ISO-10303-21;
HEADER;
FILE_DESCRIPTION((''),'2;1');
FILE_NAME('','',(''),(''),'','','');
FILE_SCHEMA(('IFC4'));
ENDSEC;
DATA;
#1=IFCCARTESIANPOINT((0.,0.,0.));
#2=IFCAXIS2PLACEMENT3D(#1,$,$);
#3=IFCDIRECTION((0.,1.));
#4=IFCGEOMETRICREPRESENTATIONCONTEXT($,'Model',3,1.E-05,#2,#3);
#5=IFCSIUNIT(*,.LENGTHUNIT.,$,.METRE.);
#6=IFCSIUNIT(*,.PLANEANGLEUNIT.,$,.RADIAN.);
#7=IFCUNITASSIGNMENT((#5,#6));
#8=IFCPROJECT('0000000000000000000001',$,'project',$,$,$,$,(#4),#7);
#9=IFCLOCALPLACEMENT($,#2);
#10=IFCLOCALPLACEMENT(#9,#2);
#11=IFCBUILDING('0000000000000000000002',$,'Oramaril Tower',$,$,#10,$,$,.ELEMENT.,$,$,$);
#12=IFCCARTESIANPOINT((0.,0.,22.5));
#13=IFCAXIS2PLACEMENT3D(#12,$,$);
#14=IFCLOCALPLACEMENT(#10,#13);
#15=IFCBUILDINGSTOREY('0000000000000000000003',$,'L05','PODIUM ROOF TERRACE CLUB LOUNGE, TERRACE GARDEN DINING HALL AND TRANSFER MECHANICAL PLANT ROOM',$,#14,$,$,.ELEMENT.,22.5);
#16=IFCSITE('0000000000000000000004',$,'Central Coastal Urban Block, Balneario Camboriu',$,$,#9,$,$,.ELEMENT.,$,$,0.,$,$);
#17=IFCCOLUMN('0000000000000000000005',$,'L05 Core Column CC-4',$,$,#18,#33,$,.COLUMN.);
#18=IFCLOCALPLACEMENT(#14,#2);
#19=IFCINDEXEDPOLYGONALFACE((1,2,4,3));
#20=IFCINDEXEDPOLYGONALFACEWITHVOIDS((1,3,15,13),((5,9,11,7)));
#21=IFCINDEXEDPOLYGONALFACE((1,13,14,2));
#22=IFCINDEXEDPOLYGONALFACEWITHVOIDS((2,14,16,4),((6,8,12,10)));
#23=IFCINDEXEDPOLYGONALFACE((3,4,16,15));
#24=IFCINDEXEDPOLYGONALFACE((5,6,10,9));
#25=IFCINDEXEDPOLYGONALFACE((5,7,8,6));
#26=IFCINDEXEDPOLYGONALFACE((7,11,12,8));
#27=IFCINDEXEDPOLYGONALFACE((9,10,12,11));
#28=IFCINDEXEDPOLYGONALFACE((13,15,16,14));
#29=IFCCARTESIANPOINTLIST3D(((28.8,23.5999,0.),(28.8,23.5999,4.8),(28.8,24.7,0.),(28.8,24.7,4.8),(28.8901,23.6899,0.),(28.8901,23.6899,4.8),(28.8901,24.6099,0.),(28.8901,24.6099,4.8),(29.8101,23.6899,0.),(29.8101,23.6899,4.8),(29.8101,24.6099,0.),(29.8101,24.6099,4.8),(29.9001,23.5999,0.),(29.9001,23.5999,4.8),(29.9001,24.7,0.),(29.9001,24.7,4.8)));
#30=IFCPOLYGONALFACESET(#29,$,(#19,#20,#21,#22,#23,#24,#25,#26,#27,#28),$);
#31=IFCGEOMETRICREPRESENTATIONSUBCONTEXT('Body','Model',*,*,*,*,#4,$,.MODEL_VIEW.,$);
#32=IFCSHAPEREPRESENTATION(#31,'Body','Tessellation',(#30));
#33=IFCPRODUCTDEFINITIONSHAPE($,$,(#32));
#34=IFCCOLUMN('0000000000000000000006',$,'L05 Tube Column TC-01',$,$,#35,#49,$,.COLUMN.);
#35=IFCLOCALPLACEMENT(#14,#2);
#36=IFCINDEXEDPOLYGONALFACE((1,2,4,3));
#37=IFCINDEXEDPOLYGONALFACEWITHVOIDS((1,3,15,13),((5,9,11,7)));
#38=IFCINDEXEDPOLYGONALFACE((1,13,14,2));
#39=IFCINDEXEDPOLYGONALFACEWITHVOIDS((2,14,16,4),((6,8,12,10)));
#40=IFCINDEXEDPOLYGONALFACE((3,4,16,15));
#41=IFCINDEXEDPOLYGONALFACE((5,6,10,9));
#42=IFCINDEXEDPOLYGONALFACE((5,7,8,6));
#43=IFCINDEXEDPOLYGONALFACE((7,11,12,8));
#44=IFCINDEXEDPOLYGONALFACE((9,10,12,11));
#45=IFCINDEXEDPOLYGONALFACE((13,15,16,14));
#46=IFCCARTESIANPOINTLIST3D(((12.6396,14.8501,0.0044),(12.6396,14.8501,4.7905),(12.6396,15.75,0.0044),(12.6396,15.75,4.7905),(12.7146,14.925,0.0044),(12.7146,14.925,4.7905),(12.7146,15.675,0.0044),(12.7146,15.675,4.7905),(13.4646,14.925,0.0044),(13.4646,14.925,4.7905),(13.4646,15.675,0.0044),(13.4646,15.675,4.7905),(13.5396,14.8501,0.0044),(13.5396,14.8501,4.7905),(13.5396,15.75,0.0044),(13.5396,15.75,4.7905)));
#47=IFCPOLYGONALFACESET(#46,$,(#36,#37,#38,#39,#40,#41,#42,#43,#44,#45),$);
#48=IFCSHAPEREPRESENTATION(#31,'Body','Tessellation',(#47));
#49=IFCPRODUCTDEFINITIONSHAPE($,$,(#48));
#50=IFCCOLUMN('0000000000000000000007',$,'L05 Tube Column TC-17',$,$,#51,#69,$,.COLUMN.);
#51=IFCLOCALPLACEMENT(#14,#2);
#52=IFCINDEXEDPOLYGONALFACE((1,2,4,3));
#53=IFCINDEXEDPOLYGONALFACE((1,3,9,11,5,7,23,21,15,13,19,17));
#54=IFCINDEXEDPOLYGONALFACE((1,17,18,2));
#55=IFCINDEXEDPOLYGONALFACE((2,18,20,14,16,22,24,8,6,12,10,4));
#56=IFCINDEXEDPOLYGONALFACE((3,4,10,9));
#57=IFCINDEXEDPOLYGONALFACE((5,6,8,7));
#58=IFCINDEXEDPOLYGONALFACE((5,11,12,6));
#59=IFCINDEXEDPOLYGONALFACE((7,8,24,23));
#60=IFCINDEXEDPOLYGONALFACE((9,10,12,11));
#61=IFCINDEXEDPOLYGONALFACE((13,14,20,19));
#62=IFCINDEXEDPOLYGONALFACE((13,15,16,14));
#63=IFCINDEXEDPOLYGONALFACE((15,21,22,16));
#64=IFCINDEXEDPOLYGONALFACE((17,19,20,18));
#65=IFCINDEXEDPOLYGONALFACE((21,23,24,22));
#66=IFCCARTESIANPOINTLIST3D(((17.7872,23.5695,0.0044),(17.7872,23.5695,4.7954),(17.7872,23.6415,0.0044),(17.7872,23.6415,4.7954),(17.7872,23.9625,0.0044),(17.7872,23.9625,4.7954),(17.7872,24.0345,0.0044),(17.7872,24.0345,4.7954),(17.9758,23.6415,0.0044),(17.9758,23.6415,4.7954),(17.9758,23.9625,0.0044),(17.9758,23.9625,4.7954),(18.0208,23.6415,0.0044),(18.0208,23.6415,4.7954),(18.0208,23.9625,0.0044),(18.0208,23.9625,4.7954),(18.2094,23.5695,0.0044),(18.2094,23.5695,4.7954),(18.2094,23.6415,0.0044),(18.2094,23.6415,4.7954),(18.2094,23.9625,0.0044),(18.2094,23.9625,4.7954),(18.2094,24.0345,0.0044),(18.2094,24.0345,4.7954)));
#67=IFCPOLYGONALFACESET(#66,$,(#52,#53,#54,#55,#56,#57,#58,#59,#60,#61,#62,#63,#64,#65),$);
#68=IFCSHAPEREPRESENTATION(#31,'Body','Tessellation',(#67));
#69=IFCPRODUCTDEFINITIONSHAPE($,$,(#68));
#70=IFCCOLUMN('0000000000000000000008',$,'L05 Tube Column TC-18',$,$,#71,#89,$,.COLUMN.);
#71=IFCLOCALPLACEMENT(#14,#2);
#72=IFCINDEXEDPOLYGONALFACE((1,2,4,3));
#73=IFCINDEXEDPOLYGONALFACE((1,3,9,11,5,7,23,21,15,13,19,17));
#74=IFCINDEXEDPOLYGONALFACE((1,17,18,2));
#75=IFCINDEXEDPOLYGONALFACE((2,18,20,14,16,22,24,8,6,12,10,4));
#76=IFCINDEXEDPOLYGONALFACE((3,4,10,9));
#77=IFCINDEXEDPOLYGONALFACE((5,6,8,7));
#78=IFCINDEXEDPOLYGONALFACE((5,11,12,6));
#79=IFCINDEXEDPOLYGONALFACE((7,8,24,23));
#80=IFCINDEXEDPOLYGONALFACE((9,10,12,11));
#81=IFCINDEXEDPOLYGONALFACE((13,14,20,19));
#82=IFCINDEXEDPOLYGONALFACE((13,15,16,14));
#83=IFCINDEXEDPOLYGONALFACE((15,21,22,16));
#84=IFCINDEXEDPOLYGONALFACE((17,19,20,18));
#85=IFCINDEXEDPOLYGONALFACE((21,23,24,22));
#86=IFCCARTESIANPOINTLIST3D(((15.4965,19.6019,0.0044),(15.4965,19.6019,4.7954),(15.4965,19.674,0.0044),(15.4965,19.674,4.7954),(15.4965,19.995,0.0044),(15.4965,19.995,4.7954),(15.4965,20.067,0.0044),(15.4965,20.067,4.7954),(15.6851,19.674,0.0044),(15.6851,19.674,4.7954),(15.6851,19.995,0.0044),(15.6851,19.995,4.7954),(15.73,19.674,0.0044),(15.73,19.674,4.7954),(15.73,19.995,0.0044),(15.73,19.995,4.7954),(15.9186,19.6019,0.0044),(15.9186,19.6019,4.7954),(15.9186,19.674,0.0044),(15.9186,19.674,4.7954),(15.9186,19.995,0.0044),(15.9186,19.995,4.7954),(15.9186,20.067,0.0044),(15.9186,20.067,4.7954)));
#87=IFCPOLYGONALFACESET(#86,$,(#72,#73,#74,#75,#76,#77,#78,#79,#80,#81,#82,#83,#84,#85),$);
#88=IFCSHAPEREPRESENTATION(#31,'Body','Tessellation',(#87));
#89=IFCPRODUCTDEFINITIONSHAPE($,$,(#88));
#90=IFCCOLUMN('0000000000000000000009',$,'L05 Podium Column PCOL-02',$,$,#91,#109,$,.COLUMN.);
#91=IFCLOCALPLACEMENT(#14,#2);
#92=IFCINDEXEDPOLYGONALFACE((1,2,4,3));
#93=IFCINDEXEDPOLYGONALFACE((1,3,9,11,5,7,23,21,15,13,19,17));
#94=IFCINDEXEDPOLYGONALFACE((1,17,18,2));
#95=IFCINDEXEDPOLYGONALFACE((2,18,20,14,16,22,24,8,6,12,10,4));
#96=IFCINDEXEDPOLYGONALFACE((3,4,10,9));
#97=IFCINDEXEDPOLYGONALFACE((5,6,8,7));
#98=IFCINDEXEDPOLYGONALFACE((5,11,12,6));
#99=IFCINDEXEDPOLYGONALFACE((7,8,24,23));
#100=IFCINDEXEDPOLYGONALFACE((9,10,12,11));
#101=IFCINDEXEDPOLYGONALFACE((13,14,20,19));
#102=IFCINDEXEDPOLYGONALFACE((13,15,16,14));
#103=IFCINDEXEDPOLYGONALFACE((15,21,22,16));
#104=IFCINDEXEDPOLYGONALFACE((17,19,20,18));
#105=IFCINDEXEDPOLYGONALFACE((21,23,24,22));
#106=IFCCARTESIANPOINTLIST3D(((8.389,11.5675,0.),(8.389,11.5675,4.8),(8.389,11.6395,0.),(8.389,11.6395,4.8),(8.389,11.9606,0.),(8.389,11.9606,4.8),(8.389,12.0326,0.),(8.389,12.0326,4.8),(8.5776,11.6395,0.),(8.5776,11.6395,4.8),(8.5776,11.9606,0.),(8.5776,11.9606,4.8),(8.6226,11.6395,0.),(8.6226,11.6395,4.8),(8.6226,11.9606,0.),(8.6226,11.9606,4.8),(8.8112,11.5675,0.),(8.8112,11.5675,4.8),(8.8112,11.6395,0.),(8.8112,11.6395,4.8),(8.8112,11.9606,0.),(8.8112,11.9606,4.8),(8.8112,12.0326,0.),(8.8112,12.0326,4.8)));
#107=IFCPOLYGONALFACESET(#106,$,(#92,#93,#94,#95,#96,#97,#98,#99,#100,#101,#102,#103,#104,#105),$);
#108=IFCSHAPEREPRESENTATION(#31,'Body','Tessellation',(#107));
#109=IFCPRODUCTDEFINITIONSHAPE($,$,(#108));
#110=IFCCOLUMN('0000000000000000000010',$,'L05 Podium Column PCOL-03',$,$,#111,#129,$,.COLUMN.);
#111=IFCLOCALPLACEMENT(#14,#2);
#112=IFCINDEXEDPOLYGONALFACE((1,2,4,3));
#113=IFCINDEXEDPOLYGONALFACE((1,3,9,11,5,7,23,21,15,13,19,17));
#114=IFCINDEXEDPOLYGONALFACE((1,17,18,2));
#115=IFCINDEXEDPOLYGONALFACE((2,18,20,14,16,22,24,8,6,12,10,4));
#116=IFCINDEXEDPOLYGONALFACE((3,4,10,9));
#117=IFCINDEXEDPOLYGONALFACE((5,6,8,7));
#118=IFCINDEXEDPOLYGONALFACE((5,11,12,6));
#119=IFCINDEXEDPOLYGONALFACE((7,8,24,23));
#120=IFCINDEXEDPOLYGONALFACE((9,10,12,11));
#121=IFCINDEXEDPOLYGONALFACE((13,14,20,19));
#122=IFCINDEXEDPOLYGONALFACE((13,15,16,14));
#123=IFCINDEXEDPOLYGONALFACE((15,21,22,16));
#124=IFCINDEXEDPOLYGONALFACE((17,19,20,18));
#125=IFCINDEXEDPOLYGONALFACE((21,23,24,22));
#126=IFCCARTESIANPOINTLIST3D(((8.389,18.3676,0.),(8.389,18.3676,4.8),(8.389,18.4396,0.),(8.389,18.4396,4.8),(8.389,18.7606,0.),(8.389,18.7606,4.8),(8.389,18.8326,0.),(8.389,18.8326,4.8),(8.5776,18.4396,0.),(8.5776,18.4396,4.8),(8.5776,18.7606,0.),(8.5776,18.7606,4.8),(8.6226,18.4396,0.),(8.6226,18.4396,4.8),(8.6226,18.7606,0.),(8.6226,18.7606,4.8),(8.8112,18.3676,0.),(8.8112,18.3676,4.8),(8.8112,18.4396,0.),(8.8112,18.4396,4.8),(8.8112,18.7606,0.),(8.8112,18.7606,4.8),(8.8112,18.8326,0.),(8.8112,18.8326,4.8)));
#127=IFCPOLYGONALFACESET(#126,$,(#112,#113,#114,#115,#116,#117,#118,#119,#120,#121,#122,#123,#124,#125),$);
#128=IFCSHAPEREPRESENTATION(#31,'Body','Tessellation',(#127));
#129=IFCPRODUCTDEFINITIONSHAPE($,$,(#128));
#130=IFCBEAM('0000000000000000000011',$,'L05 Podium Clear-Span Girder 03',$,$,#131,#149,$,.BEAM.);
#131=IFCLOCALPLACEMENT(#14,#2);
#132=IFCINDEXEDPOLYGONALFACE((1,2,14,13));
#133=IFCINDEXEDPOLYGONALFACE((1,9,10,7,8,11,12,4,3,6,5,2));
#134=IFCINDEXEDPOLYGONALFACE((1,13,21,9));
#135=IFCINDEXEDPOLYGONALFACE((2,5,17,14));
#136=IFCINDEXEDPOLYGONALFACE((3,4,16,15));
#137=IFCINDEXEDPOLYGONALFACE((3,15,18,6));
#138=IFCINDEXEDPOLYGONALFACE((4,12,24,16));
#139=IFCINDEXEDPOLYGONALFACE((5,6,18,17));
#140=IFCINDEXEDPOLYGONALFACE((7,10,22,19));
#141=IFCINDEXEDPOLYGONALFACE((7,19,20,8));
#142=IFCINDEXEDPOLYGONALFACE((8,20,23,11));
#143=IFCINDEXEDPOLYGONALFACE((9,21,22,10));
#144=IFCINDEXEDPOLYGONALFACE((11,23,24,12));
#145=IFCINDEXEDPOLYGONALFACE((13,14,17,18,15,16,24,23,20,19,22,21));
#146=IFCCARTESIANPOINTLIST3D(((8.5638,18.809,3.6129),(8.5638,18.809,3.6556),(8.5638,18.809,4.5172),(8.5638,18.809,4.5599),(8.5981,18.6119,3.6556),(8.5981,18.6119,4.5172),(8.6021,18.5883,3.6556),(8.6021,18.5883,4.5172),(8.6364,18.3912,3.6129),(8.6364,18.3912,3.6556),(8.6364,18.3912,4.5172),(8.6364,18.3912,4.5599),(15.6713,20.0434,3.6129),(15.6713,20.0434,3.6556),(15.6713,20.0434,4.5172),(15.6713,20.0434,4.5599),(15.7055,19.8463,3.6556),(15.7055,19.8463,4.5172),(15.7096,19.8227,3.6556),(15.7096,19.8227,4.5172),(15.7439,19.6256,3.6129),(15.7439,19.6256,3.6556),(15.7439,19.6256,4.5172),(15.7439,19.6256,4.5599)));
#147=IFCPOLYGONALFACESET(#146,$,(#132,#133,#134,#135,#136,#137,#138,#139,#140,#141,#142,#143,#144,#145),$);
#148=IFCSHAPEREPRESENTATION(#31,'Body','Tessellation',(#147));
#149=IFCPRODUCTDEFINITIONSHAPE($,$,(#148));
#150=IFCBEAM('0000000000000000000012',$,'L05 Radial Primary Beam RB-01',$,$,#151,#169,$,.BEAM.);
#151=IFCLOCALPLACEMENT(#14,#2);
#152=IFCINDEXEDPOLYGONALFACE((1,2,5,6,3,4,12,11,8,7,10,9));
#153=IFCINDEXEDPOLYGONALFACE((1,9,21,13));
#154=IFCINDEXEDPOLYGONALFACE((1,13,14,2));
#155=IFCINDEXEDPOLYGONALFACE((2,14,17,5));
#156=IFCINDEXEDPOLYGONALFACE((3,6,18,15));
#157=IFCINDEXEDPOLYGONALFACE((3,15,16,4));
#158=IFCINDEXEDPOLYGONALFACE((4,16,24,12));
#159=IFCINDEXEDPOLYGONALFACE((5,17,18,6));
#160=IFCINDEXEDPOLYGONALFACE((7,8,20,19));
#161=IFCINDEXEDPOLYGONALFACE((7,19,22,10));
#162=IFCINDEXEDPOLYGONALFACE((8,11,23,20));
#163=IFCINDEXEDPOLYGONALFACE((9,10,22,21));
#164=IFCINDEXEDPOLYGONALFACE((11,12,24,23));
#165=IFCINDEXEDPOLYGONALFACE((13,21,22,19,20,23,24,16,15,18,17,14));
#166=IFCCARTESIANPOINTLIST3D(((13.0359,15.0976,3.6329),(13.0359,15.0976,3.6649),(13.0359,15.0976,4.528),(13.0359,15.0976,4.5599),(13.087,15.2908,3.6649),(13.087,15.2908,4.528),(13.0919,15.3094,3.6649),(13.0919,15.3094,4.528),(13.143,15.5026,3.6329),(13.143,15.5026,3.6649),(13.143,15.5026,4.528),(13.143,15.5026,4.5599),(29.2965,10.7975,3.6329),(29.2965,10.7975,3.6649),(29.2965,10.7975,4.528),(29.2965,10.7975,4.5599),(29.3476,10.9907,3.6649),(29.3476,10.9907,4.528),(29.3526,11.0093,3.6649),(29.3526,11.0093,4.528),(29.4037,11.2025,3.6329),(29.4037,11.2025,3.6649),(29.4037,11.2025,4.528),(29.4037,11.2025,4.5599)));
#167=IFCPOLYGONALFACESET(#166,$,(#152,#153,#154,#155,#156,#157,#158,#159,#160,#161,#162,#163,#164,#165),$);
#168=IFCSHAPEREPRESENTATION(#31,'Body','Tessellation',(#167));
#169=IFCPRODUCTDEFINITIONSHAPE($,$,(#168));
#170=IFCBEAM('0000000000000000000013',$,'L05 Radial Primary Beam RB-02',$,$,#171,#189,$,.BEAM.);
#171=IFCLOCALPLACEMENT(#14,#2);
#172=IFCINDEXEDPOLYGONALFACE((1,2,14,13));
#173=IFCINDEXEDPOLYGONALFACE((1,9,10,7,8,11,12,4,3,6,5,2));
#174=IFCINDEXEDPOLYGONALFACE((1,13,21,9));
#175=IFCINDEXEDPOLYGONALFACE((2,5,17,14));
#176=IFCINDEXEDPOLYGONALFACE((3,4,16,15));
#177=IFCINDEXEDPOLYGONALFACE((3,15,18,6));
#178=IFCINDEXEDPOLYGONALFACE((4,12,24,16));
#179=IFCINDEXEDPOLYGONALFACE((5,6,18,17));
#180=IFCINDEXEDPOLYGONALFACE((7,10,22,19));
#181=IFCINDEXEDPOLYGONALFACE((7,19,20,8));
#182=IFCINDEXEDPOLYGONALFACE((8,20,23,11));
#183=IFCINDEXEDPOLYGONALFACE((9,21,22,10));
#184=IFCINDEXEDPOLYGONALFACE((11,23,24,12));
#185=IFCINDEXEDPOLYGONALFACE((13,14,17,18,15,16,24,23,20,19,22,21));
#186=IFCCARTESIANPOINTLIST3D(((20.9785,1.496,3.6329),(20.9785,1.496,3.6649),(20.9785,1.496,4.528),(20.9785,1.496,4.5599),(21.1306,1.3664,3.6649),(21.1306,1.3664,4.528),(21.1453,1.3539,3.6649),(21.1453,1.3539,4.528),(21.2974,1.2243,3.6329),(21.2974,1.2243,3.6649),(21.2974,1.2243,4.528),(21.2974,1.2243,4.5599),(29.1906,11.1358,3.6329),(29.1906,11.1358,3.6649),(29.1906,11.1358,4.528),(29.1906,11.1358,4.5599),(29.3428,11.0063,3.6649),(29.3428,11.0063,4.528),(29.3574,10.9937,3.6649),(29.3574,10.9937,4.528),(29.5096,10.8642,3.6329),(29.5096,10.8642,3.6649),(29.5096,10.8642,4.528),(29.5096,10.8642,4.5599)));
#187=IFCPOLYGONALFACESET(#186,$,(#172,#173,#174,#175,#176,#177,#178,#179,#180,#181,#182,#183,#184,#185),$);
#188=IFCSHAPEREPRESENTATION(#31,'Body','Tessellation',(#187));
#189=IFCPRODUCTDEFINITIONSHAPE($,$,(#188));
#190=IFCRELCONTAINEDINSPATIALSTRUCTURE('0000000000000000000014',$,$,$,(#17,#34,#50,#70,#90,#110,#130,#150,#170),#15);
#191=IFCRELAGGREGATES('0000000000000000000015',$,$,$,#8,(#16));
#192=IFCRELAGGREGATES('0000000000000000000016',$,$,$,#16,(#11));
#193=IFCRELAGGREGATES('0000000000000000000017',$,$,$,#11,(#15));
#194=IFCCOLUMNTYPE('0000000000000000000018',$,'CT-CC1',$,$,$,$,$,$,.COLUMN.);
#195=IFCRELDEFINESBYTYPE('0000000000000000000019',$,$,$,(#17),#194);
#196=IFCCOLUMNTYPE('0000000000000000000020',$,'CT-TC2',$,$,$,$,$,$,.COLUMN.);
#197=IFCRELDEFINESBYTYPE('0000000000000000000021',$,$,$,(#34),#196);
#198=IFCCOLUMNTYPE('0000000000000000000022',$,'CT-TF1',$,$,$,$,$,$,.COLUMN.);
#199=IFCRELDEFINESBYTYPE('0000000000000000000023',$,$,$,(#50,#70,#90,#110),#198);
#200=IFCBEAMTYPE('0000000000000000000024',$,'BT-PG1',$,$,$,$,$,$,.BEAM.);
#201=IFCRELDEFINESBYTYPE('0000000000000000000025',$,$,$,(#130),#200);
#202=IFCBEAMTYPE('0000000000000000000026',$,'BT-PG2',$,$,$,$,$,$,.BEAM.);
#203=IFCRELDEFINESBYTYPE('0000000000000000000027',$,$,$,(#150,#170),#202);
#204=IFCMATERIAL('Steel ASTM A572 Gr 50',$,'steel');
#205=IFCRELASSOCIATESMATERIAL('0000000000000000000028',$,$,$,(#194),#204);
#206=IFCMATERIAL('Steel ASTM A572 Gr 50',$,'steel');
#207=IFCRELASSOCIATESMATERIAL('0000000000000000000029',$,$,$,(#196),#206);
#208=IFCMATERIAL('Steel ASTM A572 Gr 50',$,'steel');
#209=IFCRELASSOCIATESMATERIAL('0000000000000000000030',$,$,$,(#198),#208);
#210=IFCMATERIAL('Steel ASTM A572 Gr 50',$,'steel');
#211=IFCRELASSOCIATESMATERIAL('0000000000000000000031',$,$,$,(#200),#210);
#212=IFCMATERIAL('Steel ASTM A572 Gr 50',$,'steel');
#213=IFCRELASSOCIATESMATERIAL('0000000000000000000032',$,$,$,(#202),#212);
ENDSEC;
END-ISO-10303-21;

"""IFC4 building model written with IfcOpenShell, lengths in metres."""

from ifc_helpers import new_model, si_unit, direction, frame, origin, origin_2d, place, context, subcontext, project, spatial, hollow_rectangle, i_section, extrude, material, material_profile, profile_set, type_object, element, save


model = new_model("IFC4")

# Units and contexts
model_context = context("Model", 3, precision=1e-05, world=origin(), true_north=direction((0.0, 1.0)))
body_context = subcontext(model_context, "Body", "Model", "MODEL_VIEW")
ifc_project = project(units=[si_unit("LENGTHUNIT", "METRE"), si_unit("PLANEANGLEUNIT", "RADIAN")], contexts=[model_context])

# Site, building, storey
site_placement = place(None, origin())
site = spatial("IfcSite", under=ifc_project, at=site_placement, Name="Central Coastal Urban Block, Balneario Camboriu", CompositionType="ELEMENT", RefElevation=0.0)
building_placement = place(site_placement, origin())
building = spatial("IfcBuilding", under=site, at=building_placement, Name="Oramaril Tower", CompositionType="ELEMENT")
storey_placement = place(building_placement, frame((0.0, 0.0, 22.5)))
storey = spatial("IfcBuildingStorey", under=building, at=storey_placement, Name="L05", Description="PODIUM ROOF TERRACE CLUB LOUNGE, TERRACE GARDEN DINING HALL AND TRANSFER MECHANICAL PLANT ROOM", CompositionType="ELEMENT", Elevation=22.5)

# Columns
ifc_material_1 = material(Name="Steel ASTM A572 Gr 50", Category="steel")
ifc_material_profile_1 = material_profile(ifc_material_1, hollow_rectangle(XDim=1.1001, YDim=1.1001, WallThickness=0.0901, at=origin_2d()), Name="BOX1100X1100X90")
ifc_profile_set_1 = profile_set([ifc_material_profile_1], Name="Steel ASTM A572 Gr 50")
column_type_1 = type_object("IfcColumnType", Name="CT-CC1", PredefinedType="COLUMN", material=ifc_profile_set_1)
column_1_placement = place(storey_placement, frame((29.3501, 24.1499, 0.0), z_axis=(0.0, 0.0, 1.0), x_axis=(1.0, 0.0, 0.0)))
element("IfcColumn", 1, at=column_1_placement, inside=storey, type_object=column_type_1, Name="L05 Core Column CC-4", PredefinedType="COLUMN", context=body_context, shape_type="SweptSolid", body=[
    extrude(hollow_rectangle(XDim=1.1001, YDim=1.1001, WallThickness=0.0901, at=origin_2d()), origin(), (0.0, 0.0, 1.0), 4.8),
])
ifc_material_2 = material(Name="Steel ASTM A572 Gr 50", Category="steel")
ifc_material_profile_2 = material_profile(ifc_material_2, hollow_rectangle(XDim=0.8999, YDim=0.8999, WallThickness=0.075, at=origin_2d()), Name="BOX900X900X75")
ifc_profile_set_2 = profile_set([ifc_material_profile_2], Name="Steel ASTM A572 Gr 50")
column_type_2 = type_object("IfcColumnType", Name="CT-TC2", PredefinedType="COLUMN", material=ifc_profile_set_2)
column_2_placement = place(storey_placement, frame((13.0896, 15.3, 0.0044), z_axis=(0.0, 0.0, 1.0), x_axis=(1.0, 0.0, 0.0)))
element("IfcColumn", 2, at=column_2_placement, inside=storey, type_object=column_type_2, Name="L05 Tube Column TC-01", PredefinedType="COLUMN", context=body_context, shape_type="SweptSolid", body=[
    extrude(hollow_rectangle(XDim=0.8999, YDim=0.8999, WallThickness=0.075, at=origin_2d()), origin(), (0.0, 0.0, 1.0), 4.7861),
])
ifc_material_3 = material(Name="Steel ASTM A572 Gr 50", Category="steel")
ifc_material_profile_3 = material_profile(ifc_material_3, i_section(OverallWidth=0.4221, OverallDepth=0.4651, WebThickness=0.0449, FlangeThickness=0.072, at=origin_2d()), Name="W14X398")
ifc_profile_set_3 = profile_set([ifc_material_profile_3], Name="Steel ASTM A572 Gr 50")
column_type_3 = type_object("IfcColumnType", Name="CT-TF1", PredefinedType="COLUMN", material=ifc_profile_set_3)
for number, where, z_axis, x_axis, name in (
    (3, (17.9983, 23.802, 0.0044), (0.0, 0.0, 1.0), (1.0, 0.0, 0.0), "L05 Tube Column TC-17"),
    (4, (15.7075, 19.8345, 0.0044), (0.0, 0.0, 1.0), (1.0, 0.0, 0.0), "L05 Tube Column TC-18"),
):
    element("IfcColumn", number, at=place(storey_placement, frame(where, z_axis=z_axis, x_axis=x_axis)), inside=storey, type_object=column_type_3, Name=name, PredefinedType="COLUMN", context=body_context, shape_type="SweptSolid", body=[
        extrude(i_section(OverallWidth=0.4221, OverallDepth=0.4651, WebThickness=0.0449, FlangeThickness=0.072, at=origin_2d()), origin(), (0.0, 0.0, 1.0), 4.791),
    ])
for number, where, z_axis, x_axis, name in (
    (5, (8.6001, 11.8, 0.0), (0.0, 0.0, 1.0), (1.0, 0.0, 0.0), "L05 Podium Column PCOL-02"),
    (6, (8.6001, 18.6001, 0.0), (0.0, 0.0, 1.0), (1.0, 0.0, 0.0), "L05 Podium Column PCOL-03"),
):
    element("IfcColumn", number, at=place(storey_placement, frame(where, z_axis=z_axis, x_axis=x_axis)), inside=storey, type_object=column_type_3, Name=name, PredefinedType="COLUMN", context=body_context, shape_type="SweptSolid", body=[
        extrude(i_section(OverallWidth=0.4221, OverallDepth=0.4651, WebThickness=0.0449, FlangeThickness=0.072, at=origin_2d()), origin(), (0.0, 0.0, 1.0), 4.8),
    ])

# Beams
ifc_material_4 = material(Name="Steel ASTM A572 Gr 50", Category="steel")
ifc_material_profile_4 = material_profile(ifc_material_4, i_section(OverallWidth=0.4241, OverallDepth=0.947, WebThickness=0.0239, FlangeThickness=0.0427, at=origin_2d()), Name="W36X302")
ifc_profile_set_4 = profile_set([ifc_material_profile_4], Name="Steel ASTM A572 Gr 50")
beam_type_1 = type_object("IfcBeamType", Name="BT-PG1", PredefinedType="BEAM", material=ifc_profile_set_4)
beam_1_placement = place(storey_placement, frame((8.6001, 18.6001, 4.0864), z_axis=(0.985251, 0.171113, 0.0), x_axis=(-0.171113, 0.985251, 0.0)))
element("IfcBeam", 7, at=beam_1_placement, inside=storey, type_object=beam_type_1, Name="L05 Podium Clear-Span Girder 03", PredefinedType="BEAM", context=body_context, shape_type="SweptSolid", body=[
    extrude(i_section(OverallWidth=0.4241, OverallDepth=0.947, WebThickness=0.0239, FlangeThickness=0.0427, at=origin_2d()), origin(), (0.0, 0.0, 1.0), 7.2139),
])
ifc_material_5 = material(Name="Steel ASTM A572 Gr 50", Category="steel")
ifc_material_profile_5 = material_profile(ifc_material_5, i_section(OverallWidth=0.4189, OverallDepth=0.927, WebThickness=0.0193, FlangeThickness=0.032, at=origin_2d()), Name="W36X231")
ifc_profile_set_5 = profile_set([ifc_material_profile_5], Name="Steel ASTM A572 Gr 50")
beam_type_2 = type_object("IfcBeamType", Name="BT-PG2", PredefinedType="BEAM", material=ifc_profile_set_5)
beam_2_placement = place(storey_placement, frame((29.3501, 11.0, 4.0964), z_axis=(-0.966767, 0.255659, 0.0), x_axis=(-0.255659, -0.966767, 0.0)))
element("IfcBeam", 8, at=beam_2_placement, inside=storey, type_object=beam_type_2, Name="L05 Radial Primary Beam RB-01", PredefinedType="BEAM", context=body_context, shape_type="SweptSolid", body=[
    extrude(i_section(OverallWidth=0.4189, OverallDepth=0.927, WebThickness=0.0193, FlangeThickness=0.032, at=origin_2d()), origin(), (0.0, 0.0, 1.0), 16.8196),
])
beam_3_placement = place(storey_placement, frame((29.3501, 11.0, 4.0964), z_axis=(-0.648485, -0.761228, 0.0), x_axis=(0.761228, -0.648485, 0.0)))
element("IfcBeam", 9, at=beam_3_placement, inside=storey, type_object=beam_type_2, Name="L05 Radial Primary Beam RB-02", PredefinedType="BEAM", context=body_context, shape_type="SweptSolid", body=[
    extrude(i_section(OverallWidth=0.4189, OverallDepth=0.927, WebThickness=0.0193, FlangeThickness=0.032, at=origin_2d()), origin(), (0.0, 0.0, 1.0), 12.6636),
])

save(model, "model.ifc")
